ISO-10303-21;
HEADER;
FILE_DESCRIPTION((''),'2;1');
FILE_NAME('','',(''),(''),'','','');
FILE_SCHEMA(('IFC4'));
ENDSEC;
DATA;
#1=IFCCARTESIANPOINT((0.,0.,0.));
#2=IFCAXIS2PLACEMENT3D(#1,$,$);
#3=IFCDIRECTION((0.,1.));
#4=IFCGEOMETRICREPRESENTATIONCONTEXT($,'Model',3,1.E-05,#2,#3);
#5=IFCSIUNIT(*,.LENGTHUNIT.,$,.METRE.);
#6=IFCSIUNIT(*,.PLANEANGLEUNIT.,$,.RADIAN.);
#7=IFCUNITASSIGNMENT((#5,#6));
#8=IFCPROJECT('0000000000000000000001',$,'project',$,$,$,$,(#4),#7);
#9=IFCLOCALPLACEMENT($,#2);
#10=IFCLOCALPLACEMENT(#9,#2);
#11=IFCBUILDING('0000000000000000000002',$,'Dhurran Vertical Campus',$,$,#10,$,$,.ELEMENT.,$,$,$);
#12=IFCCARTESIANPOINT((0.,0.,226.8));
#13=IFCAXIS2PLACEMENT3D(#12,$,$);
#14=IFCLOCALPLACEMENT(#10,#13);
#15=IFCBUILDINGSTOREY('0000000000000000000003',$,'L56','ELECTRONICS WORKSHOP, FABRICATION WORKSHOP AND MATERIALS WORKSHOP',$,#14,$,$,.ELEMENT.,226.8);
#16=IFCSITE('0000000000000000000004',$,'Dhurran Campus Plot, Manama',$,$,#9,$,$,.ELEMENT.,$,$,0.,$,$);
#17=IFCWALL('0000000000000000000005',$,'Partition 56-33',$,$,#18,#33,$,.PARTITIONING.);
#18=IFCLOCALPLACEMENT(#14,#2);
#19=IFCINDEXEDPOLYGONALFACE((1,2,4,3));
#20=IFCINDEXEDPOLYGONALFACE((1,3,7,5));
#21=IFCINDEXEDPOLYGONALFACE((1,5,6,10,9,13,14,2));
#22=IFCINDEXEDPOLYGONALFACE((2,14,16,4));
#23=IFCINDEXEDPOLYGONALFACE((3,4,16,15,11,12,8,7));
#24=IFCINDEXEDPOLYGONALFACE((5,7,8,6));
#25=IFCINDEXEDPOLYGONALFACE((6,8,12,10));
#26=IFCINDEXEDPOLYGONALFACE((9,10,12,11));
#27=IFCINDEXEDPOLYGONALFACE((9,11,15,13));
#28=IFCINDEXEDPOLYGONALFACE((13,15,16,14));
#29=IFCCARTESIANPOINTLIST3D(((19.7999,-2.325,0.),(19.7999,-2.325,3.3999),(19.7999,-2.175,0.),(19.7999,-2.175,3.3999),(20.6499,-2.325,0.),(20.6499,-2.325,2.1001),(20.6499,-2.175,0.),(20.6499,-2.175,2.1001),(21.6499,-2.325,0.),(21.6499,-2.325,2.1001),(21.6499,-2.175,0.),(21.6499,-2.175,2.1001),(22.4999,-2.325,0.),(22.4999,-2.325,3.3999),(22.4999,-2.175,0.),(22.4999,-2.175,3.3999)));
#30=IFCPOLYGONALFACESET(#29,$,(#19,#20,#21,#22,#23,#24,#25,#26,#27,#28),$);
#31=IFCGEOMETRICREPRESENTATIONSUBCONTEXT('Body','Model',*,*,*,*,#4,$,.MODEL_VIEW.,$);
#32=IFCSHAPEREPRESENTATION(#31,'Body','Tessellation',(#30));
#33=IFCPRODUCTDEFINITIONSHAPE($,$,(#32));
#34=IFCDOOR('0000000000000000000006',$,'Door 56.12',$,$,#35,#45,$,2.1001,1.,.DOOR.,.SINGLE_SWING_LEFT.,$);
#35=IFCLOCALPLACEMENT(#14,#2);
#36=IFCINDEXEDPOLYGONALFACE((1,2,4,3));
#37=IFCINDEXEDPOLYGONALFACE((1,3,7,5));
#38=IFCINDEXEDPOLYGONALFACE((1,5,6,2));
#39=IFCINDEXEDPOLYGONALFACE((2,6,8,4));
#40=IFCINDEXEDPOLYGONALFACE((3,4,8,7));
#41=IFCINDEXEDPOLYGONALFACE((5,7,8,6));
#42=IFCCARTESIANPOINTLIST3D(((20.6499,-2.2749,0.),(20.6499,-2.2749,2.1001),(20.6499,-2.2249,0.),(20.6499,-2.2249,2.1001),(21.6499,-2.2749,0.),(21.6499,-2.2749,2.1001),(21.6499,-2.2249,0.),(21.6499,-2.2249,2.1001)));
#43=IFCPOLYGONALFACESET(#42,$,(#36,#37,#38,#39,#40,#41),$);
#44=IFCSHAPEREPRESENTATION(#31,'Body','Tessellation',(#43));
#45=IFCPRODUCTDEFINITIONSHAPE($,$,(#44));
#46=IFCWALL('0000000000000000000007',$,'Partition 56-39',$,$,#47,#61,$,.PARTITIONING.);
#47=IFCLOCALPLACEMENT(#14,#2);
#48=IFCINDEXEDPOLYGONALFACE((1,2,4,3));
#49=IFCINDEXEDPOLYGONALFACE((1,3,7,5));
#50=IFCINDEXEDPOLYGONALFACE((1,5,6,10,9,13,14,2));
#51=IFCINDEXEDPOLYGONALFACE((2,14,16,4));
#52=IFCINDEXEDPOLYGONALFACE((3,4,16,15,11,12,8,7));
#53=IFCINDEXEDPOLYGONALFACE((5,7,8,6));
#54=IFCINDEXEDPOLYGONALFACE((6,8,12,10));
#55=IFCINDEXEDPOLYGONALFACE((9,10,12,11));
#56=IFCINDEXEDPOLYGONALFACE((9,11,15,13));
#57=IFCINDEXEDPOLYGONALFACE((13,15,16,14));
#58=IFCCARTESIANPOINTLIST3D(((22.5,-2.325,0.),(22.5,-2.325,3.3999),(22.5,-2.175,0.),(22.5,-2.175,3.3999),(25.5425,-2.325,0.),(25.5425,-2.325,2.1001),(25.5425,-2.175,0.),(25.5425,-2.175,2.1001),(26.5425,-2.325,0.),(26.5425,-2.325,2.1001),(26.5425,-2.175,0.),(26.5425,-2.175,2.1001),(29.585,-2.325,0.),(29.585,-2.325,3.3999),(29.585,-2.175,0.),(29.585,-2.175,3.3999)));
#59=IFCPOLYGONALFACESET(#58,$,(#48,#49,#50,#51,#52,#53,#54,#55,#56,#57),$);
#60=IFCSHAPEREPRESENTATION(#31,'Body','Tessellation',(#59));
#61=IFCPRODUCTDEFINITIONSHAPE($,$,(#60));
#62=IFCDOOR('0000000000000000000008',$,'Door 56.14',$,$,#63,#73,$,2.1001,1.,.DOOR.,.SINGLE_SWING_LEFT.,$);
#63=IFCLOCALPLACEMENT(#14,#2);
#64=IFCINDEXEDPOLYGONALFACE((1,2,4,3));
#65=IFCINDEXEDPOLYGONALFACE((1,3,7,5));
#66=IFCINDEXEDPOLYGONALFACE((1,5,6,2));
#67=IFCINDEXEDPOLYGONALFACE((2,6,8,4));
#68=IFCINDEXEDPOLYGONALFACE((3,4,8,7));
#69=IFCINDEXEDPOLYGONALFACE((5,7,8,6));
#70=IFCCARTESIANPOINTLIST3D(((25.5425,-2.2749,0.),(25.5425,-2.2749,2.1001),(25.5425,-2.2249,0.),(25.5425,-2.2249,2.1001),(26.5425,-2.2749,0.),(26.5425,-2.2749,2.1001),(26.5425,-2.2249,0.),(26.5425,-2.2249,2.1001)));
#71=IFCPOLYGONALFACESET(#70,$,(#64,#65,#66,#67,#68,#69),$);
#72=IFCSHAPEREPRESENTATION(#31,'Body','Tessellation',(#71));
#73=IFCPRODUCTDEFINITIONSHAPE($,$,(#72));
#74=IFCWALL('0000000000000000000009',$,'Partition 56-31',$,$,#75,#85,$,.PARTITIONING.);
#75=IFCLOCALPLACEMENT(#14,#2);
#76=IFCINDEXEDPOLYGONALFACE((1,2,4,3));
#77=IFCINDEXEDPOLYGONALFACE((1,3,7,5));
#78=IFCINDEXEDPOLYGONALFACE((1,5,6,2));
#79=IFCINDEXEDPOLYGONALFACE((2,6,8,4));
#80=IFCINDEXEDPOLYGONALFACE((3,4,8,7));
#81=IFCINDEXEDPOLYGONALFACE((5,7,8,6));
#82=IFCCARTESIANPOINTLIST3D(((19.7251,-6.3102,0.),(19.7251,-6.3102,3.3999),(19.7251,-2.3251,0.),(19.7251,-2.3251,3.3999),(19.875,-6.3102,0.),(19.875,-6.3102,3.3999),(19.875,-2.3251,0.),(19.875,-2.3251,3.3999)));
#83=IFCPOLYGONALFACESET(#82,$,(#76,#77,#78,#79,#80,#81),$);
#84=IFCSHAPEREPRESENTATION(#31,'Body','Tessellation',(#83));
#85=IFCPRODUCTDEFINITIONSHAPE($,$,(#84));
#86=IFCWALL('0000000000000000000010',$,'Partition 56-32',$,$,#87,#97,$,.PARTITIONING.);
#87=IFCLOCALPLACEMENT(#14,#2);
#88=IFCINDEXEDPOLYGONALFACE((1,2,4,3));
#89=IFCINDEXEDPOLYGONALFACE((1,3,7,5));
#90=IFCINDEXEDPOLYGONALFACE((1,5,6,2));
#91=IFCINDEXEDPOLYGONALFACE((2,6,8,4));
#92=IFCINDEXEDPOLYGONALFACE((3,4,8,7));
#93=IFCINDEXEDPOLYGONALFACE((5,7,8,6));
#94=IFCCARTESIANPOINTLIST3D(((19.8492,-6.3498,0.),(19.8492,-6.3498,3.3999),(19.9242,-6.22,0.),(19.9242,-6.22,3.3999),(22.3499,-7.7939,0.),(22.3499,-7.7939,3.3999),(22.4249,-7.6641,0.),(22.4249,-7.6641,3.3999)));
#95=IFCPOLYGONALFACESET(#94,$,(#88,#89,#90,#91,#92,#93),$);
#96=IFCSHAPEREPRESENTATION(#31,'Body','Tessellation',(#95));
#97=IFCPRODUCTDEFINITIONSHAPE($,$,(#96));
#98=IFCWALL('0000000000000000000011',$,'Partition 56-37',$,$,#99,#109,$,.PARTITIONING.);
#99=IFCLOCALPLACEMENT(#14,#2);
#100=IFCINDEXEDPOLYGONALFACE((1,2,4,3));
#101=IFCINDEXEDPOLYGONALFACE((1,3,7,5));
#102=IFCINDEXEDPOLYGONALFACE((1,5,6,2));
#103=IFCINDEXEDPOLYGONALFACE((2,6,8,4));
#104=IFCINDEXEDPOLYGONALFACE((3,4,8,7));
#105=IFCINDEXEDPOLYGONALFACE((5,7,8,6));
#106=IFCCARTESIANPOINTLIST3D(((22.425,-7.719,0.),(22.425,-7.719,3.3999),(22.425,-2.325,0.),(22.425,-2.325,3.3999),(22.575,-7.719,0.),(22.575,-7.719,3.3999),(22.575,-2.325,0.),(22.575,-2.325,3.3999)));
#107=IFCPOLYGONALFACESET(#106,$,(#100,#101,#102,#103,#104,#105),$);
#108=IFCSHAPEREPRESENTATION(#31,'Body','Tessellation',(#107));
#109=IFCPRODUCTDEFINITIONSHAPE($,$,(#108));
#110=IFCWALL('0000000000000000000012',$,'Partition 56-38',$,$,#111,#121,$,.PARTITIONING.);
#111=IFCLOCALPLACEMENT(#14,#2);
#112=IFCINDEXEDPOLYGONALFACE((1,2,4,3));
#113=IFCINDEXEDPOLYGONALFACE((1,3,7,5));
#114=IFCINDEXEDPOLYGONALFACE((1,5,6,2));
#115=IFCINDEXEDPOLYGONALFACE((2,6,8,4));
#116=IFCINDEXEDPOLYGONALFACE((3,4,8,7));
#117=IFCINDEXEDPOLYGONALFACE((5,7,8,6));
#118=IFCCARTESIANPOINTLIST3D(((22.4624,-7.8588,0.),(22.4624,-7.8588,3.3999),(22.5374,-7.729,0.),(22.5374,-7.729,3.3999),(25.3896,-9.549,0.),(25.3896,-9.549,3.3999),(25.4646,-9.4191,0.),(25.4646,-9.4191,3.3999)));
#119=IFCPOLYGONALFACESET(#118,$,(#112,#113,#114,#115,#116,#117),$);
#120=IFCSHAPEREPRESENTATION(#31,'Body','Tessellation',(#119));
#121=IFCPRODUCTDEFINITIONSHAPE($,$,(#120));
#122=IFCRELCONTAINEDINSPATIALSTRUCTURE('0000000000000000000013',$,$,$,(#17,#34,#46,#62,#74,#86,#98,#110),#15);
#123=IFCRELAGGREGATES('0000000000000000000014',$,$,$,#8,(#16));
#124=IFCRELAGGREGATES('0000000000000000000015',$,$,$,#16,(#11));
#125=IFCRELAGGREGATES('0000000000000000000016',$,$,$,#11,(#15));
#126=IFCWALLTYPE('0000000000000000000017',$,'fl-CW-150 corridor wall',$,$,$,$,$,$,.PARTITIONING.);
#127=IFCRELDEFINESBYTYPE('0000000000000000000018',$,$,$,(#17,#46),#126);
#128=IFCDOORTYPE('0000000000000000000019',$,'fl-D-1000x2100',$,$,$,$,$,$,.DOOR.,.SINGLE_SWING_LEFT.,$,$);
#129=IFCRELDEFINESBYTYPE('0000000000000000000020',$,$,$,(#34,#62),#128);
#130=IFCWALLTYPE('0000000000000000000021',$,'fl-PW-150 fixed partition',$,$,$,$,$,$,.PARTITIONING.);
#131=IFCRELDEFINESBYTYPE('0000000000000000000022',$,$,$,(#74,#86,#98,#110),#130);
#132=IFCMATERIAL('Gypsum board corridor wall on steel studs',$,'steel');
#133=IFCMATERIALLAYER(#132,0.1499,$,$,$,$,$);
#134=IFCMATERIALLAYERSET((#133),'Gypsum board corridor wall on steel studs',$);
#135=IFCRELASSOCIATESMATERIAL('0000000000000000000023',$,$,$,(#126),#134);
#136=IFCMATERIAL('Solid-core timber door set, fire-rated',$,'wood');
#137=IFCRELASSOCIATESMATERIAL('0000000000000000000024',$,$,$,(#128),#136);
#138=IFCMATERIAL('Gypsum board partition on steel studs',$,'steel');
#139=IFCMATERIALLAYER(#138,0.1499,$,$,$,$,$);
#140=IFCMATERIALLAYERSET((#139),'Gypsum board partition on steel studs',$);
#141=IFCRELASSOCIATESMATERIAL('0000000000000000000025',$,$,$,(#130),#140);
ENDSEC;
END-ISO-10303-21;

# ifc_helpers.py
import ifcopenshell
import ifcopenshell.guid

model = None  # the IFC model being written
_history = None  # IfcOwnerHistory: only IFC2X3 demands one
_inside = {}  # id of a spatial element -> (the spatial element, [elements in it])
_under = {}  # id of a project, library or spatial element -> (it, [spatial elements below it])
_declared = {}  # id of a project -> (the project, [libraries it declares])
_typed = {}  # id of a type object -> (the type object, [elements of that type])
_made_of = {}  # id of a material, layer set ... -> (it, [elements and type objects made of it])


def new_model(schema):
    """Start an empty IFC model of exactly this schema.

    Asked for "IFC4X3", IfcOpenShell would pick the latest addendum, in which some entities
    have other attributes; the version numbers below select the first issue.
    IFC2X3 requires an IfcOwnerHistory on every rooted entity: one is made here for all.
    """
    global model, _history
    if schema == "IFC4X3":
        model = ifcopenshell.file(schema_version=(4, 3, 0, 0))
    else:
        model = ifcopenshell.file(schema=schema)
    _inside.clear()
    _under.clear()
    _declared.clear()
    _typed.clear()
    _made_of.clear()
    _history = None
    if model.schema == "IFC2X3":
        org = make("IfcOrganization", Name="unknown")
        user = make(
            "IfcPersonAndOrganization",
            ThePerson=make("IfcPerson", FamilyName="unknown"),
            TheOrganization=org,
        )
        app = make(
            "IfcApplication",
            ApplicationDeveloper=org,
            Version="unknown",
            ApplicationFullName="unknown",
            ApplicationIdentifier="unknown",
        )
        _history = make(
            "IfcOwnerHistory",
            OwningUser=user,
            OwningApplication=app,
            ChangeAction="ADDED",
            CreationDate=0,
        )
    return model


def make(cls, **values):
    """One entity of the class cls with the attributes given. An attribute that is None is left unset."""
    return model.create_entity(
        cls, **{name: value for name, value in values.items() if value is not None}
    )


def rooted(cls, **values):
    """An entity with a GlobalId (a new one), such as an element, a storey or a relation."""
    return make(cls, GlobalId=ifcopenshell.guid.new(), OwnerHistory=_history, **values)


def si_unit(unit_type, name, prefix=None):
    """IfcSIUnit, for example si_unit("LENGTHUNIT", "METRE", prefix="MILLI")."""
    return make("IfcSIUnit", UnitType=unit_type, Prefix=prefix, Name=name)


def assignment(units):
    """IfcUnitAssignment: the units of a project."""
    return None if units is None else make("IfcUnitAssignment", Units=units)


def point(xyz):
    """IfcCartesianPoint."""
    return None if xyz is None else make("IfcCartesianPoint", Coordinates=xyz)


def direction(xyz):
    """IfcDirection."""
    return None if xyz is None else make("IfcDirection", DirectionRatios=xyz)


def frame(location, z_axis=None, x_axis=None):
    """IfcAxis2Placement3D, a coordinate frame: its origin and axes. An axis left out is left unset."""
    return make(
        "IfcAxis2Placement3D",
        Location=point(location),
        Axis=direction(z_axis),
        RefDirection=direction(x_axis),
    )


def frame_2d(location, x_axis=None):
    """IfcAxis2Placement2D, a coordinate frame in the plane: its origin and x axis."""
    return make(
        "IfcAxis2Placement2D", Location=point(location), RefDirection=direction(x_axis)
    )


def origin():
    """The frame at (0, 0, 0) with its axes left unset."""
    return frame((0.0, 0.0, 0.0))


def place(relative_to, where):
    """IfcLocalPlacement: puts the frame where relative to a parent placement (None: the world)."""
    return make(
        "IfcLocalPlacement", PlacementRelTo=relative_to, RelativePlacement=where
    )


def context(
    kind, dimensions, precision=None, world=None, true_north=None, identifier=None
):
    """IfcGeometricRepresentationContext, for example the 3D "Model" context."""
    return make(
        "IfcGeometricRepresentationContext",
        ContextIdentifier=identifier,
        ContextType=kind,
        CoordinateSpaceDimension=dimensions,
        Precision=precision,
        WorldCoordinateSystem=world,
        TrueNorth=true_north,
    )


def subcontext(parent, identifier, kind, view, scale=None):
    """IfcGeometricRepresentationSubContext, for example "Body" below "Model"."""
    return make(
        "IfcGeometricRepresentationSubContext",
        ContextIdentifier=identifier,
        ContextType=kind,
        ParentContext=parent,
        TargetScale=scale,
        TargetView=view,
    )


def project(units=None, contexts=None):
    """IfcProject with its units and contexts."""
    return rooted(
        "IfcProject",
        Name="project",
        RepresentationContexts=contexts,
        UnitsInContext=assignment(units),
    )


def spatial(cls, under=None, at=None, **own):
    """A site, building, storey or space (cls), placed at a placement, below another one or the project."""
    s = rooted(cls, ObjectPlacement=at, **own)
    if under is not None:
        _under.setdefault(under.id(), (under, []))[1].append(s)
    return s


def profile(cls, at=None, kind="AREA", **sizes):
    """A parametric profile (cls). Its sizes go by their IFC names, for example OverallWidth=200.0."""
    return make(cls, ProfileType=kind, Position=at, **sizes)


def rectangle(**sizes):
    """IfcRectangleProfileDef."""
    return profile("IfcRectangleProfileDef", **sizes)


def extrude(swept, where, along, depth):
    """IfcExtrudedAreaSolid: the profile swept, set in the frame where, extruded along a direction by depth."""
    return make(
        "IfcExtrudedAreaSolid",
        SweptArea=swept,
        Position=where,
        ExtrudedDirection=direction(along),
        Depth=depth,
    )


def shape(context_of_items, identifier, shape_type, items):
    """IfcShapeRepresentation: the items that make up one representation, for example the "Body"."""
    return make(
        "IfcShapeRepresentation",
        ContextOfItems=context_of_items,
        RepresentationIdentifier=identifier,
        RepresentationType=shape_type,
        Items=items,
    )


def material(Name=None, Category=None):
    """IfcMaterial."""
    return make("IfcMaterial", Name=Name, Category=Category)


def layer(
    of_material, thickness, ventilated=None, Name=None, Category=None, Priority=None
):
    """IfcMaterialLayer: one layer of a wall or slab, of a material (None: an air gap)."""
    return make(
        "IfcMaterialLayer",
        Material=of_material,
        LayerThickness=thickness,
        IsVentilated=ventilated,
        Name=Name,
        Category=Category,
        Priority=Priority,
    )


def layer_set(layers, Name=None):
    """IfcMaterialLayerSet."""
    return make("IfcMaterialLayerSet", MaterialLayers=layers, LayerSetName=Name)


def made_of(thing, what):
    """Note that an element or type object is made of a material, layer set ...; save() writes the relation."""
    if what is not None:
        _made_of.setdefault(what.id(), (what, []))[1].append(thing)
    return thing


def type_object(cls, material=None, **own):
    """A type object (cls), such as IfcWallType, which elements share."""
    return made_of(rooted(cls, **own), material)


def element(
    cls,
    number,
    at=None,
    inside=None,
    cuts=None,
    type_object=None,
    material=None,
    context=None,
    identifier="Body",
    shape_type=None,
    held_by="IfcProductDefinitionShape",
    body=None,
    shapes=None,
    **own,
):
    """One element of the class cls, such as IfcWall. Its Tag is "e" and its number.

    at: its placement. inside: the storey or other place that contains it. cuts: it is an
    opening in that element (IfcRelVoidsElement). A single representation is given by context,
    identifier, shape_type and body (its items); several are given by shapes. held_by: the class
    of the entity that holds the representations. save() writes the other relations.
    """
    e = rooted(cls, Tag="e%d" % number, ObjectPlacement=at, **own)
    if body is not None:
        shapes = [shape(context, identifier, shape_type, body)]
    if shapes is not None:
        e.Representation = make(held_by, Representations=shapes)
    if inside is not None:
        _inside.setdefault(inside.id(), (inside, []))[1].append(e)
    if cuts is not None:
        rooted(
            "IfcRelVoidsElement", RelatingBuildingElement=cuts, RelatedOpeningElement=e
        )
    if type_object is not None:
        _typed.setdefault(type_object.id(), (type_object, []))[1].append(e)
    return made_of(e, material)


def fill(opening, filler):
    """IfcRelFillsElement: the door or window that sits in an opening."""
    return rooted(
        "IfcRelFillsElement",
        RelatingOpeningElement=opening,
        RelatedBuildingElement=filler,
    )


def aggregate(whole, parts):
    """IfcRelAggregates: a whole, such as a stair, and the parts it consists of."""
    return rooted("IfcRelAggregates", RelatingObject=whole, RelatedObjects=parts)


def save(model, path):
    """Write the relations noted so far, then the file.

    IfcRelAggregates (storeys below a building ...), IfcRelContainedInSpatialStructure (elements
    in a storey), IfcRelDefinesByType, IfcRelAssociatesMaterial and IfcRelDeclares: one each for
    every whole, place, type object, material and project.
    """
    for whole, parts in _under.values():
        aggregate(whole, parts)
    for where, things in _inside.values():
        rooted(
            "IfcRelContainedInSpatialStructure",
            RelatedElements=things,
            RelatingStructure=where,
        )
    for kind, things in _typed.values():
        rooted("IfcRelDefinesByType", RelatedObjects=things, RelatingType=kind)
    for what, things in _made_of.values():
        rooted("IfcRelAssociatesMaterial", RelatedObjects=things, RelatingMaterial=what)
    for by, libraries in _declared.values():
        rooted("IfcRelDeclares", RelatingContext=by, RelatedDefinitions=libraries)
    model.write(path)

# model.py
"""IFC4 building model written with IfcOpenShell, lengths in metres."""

from ifc_helpers import new_model, si_unit, direction, frame, frame_2d, origin, place, context, subcontext, project, spatial, rectangle, extrude, material, layer, layer_set, type_object, element, fill, save


model = new_model("IFC4")

# Units and contexts
model_context = context("Model", 3, precision=1e-05, world=origin(), true_north=direction((0.0, 1.0)))
body_context = subcontext(model_context, "Body", "Model", "MODEL_VIEW")
ifc_project = project(units=[si_unit("LENGTHUNIT", "METRE"), si_unit("PLANEANGLEUNIT", "RADIAN")], contexts=[model_context])

# Site, building, storey
site_placement = place(None, origin())
site = spatial("IfcSite", under=ifc_project, at=site_placement, Name="Dhurran Campus Plot, Manama", CompositionType="ELEMENT", RefElevation=0.0)
building_placement = place(site_placement, origin())
building = spatial("IfcBuilding", under=site, at=building_placement, Name="Dhurran Vertical Campus", CompositionType="ELEMENT")
storey_placement = place(building_placement, frame((0.0, 0.0, 226.8)))
storey = spatial("IfcBuildingStorey", under=building, at=storey_placement, Name="L56", Description="ELECTRONICS WORKSHOP, FABRICATION WORKSHOP AND MATERIALS WORKSHOP", CompositionType="ELEMENT", Elevation=226.8)

# Shared definitions
ifc_material_1 = material(Name="Gypsum board corridor wall on steel studs", Category="steel")
ifc_layer_1 = layer(ifc_material_1, 0.1499)
ifc_layer_set_1 = layer_set([ifc_layer_1], Name="Gypsum board corridor wall on steel studs")
wall_type_1 = type_object("IfcWallType", Name="fl-CW-150 corridor wall", PredefinedType="PARTITIONING", material=ifc_layer_set_1)

# Walls, openings, doors
wall_1_placement = place(storey_placement, frame((22.5, -2.25, 0.0), z_axis=(0.0, 0.0, 1.0), x_axis=(-1.0, 0.0, 0.0)))
wall_1 = element("IfcWall", 1, at=wall_1_placement, inside=storey, type_object=wall_type_1, Name="Partition 56-33", PredefinedType="PARTITIONING", context=body_context, shape_type="SweptSolid", body=[
    extrude(rectangle(XDim=2.7, YDim=0.1499, at=frame_2d((1.3501, 0.0))), origin(), (0.0, 0.0, 1.0), 3.3999),
])
opening_1_placement = place(wall_1_placement, frame((0.8501, 0.0, 0.0)))
opening_1 = element("IfcOpeningElement", 2, at=opening_1_placement, cuts=wall_1, PredefinedType="OPENING", context=body_context, shape_type="SweptSolid", body=[
    extrude(rectangle(XDim=1.0, YDim=2.1001, at=frame_2d((0.5, 1.05))), frame((0.0, 0.085, 0.0), z_axis=(0.0, -1.0, 0.0), x_axis=(1.0, 0.0, 0.0)), (0.0, 0.0, 1.0), 0.1699),
])
ifc_material_2 = material(Name="Solid-core timber door set, fire-rated", Category="wood")
door_type = type_object("IfcDoorType", Name="fl-D-1000x2100", OperationType="SINGLE_SWING_LEFT", PredefinedType="DOOR", material=ifc_material_2)
door_1_placement = place(opening_1_placement, origin())
door_1 = element("IfcDoor", 3, at=door_1_placement, inside=storey, type_object=door_type, Name="Door 56.12", OperationType="SINGLE_SWING_LEFT", OverallHeight=2.1001, OverallWidth=1.0, PredefinedType="DOOR", context=body_context, shape_type="SweptSolid", body=[
    extrude(rectangle(XDim=1.0, YDim=2.1001, at=frame_2d((0.5, 1.05))), frame((0.0, 0.0249, 0.0), z_axis=(0.0, -1.0, 0.0), x_axis=(1.0, 0.0, 0.0)), (0.0, 0.0, 1.0), 0.05),
])
fill(opening_1, door_1)
wall_2_placement = place(storey_placement, frame((29.585, -2.25, 0.0), z_axis=(0.0, 0.0, 1.0), x_axis=(-1.0, 0.0, 0.0)))
wall_2 = element("IfcWall", 4, at=wall_2_placement, inside=storey, type_object=wall_type_1, Name="Partition 56-39", PredefinedType="PARTITIONING", context=body_context, shape_type="SweptSolid", body=[
    extrude(rectangle(XDim=7.085, YDim=0.1499, at=frame_2d((3.5425, 0.0))), origin(), (0.0, 0.0, 1.0), 3.3999),
])
opening_2_placement = place(wall_2_placement, frame((3.0425, 0.0, 0.0)))
opening_2 = element("IfcOpeningElement", 5, at=opening_2_placement, cuts=wall_2, PredefinedType="OPENING", context=body_context, shape_type="SweptSolid", body=[
    extrude(rectangle(XDim=1.0, YDim=2.1001, at=frame_2d((0.5, 1.05))), frame((0.0, 0.085, 0.0), z_axis=(0.0, -1.0, 0.0), x_axis=(1.0, 0.0, 0.0)), (0.0, 0.0, 1.0), 0.1699),
])
door_2_placement = place(opening_2_placement, origin())
door_2 = element("IfcDoor", 6, at=door_2_placement, inside=storey, type_object=door_type, Name="Door 56.14", OperationType="SINGLE_SWING_LEFT", OverallHeight=2.1001, OverallWidth=1.0, PredefinedType="DOOR", context=body_context, shape_type="SweptSolid", body=[
    extrude(rectangle(XDim=1.0, YDim=2.1001, at=frame_2d((0.5, 1.05))), frame((0.0, 0.0249, 0.0), z_axis=(0.0, -1.0, 0.0), x_axis=(1.0, 0.0, 0.0)), (0.0, 0.0, 1.0), 0.05),
])
fill(opening_2, door_2)

# Walls
ifc_material_3 = material(Name="Gypsum board partition on steel studs", Category="steel")
ifc_layer_2 = layer(ifc_material_3, 0.1499)
ifc_layer_set_2 = layer_set([ifc_layer_2], Name="Gypsum board partition on steel studs")
wall_type_2 = type_object("IfcWallType", Name="fl-PW-150 fixed partition", PredefinedType="PARTITIONING", material=ifc_layer_set_2)
wall_3_placement = place(storey_placement, frame((19.8, -2.325, 0.0), z_axis=(0.0, 0.0, 1.0), x_axis=(0.0, -1.0, 0.0)))
element("IfcWall", 7, at=wall_3_placement, inside=storey, type_object=wall_type_2, Name="Partition 56-31", PredefinedType="PARTITIONING", context=body_context, shape_type="SweptSolid", body=[
    extrude(rectangle(XDim=3.9851, YDim=0.1499, at=frame_2d((1.9927, 0.0))), origin(), (0.0, 0.0, 1.0), 3.3999),
])
wall_4_placement = place(storey_placement, frame((19.8867, -6.2849, 0.0), z_axis=(0.0, 0.0, 1.0), x_axis=(0.865981, -0.500076, 0.0)))
element("IfcWall", 8, at=wall_4_placement, inside=storey, type_object=wall_type_2, Name="Partition 56-32", PredefinedType="PARTITIONING", context=body_context, shape_type="SweptSolid", body=[
    extrude(rectangle(XDim=2.8877, YDim=0.1499, at=frame_2d((1.4438, 0.0))), origin(), (0.0, 0.0, 1.0), 3.3999),
])
wall_5_placement = place(storey_placement, frame((22.5, -2.325, 0.0), z_axis=(0.0, 0.0, 1.0), x_axis=(0.0, -1.0, 0.0)))
element("IfcWall", 9, at=wall_5_placement, inside=storey, type_object=wall_type_2, Name="Partition 56-37", PredefinedType="PARTITIONING", context=body_context, shape_type="SweptSolid", body=[
    extrude(rectangle(XDim=5.394, YDim=0.1499, at=frame_2d((2.697, 0.0))), origin(), (0.0, 0.0, 1.0), 3.3999),
])
wall_6_placement = place(storey_placement, frame((22.5, -7.7939, 0.0), z_axis=(0.0, 0.0, 1.0), x_axis=(0.866008, -0.500031, 0.0)))
element("IfcWall", 10, at=wall_6_placement, inside=storey, type_object=wall_type_2, Name="Partition 56-38", PredefinedType="PARTITIONING", context=body_context, shape_type="SweptSolid", body=[
    extrude(rectangle(XDim=3.3801, YDim=0.1499, at=frame_2d((1.6899, 0.0))), origin(), (0.0, 0.0, 1.0), 3.3999),
])

save(model, "model.ifc")
